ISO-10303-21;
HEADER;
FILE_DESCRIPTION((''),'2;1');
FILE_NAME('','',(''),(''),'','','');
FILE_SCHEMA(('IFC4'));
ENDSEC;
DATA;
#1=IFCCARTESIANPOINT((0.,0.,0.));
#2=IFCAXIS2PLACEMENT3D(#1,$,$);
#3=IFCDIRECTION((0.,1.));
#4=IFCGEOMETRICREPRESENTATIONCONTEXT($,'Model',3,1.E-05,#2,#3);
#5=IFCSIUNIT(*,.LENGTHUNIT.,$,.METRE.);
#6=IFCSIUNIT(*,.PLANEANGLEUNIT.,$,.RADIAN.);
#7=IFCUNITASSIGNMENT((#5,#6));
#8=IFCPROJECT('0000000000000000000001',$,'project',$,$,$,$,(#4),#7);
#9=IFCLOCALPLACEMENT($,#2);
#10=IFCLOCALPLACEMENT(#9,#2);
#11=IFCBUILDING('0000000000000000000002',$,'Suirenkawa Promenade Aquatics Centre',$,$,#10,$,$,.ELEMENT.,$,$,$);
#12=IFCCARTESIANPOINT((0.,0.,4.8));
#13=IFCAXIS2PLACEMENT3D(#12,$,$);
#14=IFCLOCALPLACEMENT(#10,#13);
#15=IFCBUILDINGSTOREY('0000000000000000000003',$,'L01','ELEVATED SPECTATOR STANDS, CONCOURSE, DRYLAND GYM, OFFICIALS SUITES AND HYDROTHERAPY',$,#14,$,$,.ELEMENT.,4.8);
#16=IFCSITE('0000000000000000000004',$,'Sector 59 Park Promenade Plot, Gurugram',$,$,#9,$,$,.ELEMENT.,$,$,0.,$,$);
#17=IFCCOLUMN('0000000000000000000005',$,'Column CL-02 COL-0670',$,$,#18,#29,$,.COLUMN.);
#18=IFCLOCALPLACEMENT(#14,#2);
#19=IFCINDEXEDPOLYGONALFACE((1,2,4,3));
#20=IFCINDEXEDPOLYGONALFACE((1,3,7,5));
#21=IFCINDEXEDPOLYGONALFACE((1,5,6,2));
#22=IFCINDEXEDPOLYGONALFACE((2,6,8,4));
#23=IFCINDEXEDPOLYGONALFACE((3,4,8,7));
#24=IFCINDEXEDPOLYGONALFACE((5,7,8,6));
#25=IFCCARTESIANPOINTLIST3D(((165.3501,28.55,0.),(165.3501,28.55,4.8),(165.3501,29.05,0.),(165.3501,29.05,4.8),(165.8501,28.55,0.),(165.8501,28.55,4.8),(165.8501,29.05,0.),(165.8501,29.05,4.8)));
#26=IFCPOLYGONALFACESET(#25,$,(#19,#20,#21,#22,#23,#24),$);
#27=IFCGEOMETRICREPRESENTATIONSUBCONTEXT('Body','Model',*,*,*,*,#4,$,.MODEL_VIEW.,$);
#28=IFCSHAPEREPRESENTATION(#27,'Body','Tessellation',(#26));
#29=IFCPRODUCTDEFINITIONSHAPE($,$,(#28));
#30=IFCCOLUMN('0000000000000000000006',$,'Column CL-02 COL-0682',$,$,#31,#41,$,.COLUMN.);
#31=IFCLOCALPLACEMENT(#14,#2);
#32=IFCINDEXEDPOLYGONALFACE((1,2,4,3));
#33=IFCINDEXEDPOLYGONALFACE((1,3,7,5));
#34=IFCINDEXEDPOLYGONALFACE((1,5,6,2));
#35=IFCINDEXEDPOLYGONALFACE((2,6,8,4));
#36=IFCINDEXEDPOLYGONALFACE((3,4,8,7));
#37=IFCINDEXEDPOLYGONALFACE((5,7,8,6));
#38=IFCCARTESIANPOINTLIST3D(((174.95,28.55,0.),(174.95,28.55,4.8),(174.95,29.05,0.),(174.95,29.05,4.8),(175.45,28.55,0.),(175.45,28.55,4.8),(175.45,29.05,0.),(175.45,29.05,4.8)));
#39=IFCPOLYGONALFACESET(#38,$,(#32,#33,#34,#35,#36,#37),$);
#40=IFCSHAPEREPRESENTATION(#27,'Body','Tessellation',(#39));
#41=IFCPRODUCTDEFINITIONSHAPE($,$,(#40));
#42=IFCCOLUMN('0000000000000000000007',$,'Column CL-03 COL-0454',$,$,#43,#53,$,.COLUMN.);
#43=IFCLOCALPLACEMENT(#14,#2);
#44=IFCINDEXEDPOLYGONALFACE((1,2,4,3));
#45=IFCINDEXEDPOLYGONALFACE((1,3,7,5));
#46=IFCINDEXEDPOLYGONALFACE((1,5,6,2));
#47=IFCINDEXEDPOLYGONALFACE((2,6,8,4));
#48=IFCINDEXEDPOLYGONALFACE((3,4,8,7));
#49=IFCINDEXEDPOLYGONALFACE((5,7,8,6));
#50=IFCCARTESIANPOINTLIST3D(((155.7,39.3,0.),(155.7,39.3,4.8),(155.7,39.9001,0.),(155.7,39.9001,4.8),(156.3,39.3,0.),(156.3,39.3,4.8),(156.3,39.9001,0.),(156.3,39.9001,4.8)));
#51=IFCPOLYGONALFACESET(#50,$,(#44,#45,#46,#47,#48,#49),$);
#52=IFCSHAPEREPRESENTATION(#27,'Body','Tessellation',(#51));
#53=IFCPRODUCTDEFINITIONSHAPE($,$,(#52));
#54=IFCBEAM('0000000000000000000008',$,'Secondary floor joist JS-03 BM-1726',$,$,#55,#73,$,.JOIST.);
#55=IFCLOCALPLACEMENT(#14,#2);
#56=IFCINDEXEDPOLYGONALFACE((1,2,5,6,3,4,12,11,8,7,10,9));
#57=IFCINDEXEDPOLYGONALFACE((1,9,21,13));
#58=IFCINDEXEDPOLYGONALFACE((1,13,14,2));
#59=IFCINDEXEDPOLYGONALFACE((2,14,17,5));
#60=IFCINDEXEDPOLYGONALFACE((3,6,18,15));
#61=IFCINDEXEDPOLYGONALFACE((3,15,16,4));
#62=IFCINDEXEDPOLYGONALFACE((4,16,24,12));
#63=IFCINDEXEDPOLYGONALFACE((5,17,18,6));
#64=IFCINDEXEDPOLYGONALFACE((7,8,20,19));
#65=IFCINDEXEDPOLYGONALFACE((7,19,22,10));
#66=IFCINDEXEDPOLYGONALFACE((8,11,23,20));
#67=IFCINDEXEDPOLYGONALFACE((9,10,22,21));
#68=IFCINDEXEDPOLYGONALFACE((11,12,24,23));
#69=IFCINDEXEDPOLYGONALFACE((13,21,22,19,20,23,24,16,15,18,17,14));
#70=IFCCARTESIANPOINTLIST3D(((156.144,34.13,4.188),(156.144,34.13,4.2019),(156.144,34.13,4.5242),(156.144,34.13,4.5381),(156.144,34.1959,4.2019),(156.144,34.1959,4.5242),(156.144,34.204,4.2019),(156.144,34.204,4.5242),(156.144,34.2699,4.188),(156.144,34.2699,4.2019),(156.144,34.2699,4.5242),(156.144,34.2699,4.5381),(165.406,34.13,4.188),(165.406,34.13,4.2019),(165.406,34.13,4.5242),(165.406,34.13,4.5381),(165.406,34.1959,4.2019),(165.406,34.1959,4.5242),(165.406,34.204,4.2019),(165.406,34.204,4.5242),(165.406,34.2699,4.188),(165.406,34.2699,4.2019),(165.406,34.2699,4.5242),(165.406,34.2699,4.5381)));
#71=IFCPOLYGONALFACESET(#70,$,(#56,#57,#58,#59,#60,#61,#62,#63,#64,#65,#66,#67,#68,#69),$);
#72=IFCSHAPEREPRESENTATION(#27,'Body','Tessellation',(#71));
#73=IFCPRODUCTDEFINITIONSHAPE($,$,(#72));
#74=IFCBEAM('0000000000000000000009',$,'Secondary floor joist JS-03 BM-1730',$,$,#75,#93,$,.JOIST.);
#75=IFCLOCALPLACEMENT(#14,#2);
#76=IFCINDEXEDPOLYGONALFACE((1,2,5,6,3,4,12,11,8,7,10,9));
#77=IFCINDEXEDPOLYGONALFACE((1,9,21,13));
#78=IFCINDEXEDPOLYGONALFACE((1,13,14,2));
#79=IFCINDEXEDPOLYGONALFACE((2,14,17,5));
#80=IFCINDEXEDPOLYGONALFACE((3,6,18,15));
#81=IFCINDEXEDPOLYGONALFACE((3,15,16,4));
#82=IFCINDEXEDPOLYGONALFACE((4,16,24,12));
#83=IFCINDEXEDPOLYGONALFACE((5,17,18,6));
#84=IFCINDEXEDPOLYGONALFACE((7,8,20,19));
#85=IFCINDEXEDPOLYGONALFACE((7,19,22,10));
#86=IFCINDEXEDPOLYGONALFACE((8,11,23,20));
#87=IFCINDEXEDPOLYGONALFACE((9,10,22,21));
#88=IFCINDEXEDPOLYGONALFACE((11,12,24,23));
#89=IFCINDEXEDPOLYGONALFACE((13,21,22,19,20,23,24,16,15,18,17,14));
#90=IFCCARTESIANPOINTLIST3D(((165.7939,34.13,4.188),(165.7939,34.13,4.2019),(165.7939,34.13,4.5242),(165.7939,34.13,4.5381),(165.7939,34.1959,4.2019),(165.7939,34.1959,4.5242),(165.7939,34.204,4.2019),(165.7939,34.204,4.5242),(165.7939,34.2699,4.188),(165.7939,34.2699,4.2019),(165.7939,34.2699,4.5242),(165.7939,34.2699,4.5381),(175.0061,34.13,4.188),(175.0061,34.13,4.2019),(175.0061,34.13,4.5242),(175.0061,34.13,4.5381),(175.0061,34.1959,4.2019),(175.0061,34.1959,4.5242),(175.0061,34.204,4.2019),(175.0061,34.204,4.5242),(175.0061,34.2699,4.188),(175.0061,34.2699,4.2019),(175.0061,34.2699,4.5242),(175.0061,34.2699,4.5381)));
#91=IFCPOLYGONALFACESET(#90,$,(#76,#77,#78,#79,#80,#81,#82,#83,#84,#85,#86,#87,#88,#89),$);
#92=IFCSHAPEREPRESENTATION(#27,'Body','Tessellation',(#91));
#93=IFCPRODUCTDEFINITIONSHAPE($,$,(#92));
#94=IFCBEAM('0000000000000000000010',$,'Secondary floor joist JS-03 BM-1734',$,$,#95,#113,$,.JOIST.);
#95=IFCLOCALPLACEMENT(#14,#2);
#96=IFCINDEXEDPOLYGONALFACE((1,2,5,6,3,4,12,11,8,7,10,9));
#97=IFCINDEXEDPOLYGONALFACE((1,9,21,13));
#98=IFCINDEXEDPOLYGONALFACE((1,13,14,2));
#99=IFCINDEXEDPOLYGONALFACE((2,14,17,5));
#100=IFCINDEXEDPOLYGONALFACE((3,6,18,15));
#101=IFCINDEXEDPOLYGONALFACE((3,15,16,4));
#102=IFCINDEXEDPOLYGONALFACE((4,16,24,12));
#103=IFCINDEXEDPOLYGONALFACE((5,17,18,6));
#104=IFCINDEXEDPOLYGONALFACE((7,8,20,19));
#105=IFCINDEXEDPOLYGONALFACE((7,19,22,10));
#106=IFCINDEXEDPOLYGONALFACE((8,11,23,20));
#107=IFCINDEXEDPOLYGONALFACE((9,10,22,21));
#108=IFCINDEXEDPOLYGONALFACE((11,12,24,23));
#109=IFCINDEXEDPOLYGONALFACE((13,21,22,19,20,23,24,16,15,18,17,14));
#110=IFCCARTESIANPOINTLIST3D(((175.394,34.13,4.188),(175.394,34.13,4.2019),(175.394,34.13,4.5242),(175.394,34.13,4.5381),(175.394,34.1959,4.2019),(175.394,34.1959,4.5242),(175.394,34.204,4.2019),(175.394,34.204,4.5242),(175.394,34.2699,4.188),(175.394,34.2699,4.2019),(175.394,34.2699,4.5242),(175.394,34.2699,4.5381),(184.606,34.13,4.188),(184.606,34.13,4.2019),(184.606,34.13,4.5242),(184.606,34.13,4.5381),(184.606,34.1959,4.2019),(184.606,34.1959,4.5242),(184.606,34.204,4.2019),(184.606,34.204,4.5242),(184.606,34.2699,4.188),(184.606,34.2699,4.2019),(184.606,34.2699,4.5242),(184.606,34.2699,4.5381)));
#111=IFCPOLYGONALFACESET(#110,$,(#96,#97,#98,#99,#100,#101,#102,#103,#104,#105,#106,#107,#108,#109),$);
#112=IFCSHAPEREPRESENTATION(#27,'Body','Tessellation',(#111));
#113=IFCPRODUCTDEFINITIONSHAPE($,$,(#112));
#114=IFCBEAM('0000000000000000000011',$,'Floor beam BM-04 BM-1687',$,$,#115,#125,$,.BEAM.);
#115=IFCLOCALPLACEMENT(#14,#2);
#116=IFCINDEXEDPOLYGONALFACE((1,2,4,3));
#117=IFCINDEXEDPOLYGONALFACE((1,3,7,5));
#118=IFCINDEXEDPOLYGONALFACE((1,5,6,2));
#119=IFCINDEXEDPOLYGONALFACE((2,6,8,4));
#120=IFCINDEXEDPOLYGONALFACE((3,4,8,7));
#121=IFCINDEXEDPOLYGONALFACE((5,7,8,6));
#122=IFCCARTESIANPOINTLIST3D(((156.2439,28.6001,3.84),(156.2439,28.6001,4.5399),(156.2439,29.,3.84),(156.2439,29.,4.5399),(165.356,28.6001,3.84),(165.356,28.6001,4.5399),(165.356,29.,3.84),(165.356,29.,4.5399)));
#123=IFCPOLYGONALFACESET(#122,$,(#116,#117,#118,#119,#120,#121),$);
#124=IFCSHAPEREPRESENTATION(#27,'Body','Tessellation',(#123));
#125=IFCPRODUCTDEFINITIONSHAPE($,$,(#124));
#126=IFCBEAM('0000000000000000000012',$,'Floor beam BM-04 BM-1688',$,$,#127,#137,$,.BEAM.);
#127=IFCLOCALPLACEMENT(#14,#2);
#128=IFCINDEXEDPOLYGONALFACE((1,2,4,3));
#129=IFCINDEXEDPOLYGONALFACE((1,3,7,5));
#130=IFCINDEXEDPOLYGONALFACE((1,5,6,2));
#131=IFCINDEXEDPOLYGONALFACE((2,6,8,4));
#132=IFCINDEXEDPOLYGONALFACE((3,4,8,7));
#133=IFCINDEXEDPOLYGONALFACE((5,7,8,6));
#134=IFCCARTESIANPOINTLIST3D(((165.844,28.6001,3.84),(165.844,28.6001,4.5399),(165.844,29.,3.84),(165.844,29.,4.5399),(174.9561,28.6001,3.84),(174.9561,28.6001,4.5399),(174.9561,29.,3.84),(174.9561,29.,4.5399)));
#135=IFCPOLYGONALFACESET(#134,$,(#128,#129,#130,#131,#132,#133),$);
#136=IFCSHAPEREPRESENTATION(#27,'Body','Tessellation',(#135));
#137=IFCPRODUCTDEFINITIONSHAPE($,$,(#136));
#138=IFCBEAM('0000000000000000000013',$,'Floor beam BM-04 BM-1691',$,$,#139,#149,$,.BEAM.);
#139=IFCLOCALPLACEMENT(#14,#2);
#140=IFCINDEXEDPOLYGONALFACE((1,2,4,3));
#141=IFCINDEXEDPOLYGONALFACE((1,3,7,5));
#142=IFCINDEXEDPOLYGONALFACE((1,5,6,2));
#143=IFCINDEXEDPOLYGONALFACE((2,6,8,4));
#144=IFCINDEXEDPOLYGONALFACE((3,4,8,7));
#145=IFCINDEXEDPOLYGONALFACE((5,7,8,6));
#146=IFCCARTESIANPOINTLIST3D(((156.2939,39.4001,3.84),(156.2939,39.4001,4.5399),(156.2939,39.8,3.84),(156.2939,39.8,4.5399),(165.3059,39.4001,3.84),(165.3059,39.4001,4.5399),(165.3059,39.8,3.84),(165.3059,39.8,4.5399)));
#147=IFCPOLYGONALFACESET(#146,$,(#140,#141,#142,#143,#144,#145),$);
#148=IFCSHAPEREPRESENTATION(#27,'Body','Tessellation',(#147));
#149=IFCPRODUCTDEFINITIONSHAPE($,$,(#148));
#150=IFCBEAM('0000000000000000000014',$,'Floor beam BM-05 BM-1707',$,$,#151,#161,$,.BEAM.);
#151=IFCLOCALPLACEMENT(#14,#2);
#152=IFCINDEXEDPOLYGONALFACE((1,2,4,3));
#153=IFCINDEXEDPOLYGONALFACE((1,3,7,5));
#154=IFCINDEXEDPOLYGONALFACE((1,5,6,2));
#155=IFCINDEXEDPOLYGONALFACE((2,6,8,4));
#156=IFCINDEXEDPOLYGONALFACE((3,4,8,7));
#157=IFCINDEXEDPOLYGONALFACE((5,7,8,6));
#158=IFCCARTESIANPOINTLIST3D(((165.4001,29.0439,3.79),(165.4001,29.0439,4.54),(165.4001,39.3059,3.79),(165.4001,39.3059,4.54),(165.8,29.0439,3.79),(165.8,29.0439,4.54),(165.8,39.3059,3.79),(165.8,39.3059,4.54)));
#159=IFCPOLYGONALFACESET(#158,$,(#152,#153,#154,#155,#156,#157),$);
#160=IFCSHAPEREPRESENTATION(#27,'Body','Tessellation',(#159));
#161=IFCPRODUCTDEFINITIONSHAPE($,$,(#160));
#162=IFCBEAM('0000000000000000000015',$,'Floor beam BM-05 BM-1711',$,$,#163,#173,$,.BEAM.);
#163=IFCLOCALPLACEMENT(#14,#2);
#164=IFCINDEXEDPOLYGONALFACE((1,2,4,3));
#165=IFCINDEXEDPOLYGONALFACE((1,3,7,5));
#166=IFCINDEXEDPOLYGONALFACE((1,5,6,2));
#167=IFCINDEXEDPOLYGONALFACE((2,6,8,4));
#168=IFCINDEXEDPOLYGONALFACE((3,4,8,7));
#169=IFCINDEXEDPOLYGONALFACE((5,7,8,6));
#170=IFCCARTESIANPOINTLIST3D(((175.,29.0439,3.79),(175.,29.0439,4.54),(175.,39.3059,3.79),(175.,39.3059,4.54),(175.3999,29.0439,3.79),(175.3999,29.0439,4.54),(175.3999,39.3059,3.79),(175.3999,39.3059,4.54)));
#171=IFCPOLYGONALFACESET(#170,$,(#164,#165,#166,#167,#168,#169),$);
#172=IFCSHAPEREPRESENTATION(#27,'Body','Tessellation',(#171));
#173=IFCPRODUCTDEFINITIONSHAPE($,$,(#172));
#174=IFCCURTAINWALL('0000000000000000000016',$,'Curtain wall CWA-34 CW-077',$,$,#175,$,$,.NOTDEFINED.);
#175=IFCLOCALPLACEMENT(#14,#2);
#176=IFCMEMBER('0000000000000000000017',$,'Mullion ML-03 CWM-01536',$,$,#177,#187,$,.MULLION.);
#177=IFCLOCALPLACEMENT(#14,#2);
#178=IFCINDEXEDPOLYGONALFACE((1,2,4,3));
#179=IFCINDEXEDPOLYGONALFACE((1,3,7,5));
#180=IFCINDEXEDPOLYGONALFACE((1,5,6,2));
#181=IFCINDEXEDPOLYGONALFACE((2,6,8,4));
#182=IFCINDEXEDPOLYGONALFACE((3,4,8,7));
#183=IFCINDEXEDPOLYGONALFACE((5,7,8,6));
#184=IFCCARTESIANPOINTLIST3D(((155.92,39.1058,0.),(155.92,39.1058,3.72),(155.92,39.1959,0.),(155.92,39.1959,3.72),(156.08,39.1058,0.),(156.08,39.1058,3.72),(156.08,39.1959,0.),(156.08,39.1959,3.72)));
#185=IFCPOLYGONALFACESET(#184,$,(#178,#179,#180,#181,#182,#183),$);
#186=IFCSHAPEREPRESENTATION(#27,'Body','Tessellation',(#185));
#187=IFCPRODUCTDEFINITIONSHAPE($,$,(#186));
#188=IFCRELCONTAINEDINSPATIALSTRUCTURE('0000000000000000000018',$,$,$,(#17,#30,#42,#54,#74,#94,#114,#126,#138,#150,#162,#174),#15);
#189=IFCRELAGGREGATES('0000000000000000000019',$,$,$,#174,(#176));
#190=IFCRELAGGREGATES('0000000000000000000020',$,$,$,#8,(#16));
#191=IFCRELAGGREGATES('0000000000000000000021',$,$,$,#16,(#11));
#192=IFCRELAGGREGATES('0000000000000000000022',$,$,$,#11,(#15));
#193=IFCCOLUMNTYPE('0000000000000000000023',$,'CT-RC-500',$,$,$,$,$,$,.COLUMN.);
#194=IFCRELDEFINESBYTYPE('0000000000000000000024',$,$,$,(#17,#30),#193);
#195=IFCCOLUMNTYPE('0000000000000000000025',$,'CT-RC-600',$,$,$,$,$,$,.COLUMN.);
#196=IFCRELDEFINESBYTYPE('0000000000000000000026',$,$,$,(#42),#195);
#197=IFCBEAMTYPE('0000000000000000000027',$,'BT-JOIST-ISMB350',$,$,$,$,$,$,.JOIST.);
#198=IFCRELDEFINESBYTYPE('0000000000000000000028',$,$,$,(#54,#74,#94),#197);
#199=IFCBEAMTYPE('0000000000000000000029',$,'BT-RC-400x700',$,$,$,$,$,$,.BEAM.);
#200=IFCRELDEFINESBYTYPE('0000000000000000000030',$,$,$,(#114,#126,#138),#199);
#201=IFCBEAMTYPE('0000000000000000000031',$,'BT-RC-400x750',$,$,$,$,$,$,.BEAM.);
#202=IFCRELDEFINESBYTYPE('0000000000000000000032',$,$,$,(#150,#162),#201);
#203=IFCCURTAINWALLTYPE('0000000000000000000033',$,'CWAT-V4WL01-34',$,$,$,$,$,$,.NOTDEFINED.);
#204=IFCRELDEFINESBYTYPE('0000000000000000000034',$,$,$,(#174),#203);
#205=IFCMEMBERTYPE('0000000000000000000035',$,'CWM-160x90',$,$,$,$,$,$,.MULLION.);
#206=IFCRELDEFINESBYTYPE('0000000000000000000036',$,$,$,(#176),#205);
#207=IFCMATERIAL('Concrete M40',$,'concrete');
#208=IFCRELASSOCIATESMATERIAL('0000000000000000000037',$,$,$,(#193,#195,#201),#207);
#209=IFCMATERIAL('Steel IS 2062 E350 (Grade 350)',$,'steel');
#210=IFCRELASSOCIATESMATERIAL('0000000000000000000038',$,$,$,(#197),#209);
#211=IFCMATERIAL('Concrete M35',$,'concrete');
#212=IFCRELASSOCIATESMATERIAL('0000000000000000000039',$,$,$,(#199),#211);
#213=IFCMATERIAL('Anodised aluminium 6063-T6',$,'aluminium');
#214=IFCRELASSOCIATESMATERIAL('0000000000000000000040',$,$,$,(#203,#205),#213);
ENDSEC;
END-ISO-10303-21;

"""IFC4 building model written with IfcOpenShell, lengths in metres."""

from ifc_helpers import new_model, si_unit, direction, frame, origin, origin_2d, place, context, subcontext, project, spatial, rectangle, i_section, extrude, material, material_profile, profile_set, type_object, element, aggregate, save


model = new_model("IFC4")

# Units and contexts
model_context = context("Model", 3, precision=1e-05, world=origin(), true_north=direction((0.0, 1.0)))
body_context = subcontext(model_context, "Body", "Model", "MODEL_VIEW")
ifc_project = project(units=[si_unit("LENGTHUNIT", "METRE"), si_unit("PLANEANGLEUNIT", "RADIAN")], contexts=[model_context])

# Site, building, storey
site_placement = place(None, origin())
site = spatial("IfcSite", under=ifc_project, at=site_placement, Name="Sector 59 Park Promenade Plot, Gurugram", CompositionType="ELEMENT", RefElevation=0.0)
building_placement = place(site_placement, origin())
building = spatial("IfcBuilding", under=site, at=building_placement, Name="Suirenkawa Promenade Aquatics Centre", CompositionType="ELEMENT")
storey_placement = place(building_placement, frame((0.0, 0.0, 4.8)))
storey = spatial("IfcBuildingStorey", under=building, at=storey_placement, Name="L01", Description="ELEVATED SPECTATOR STANDS, CONCOURSE, DRYLAND GYM, OFFICIALS SUITES AND HYDROTHERAPY", CompositionType="ELEMENT", Elevation=4.8)

# Columns
ifc_material_1 = material(Name="Concrete M40", Category="concrete")
ifc_material_profile_1 = material_profile(ifc_material_1, rectangle(XDim=0.5, YDim=0.5, at=origin_2d()), Name="RC COL 500x500", Category="concrete")
ifc_profile_set_1 = profile_set([ifc_material_profile_1], Name="Concrete M40")
column_type_1 = type_object("IfcColumnType", Name="CT-RC-500", PredefinedType="COLUMN", material=ifc_profile_set_1)
for number, where, z_axis, x_axis, name in (
    (1, (165.6001, 28.8, 0.0), (0.0, 0.0, 1.0), (1.0, 0.0, 0.0), "Column CL-02 COL-0670"),
    (2, (175.2, 28.8, 0.0), (0.0, 0.0, 1.0), (1.0, 0.0, 0.0), "Column CL-02 COL-0682"),
):
    element("IfcColumn", number, at=place(storey_placement, frame(where, z_axis=z_axis, x_axis=x_axis)), inside=storey, type_object=column_type_1, Name=name, PredefinedType="COLUMN", context=body_context, shape_type="SweptSolid", body=[
        extrude(rectangle(XDim=0.5, YDim=0.5, at=origin_2d()), origin(), (0.0, 0.0, 1.0), 4.8),
    ])
ifc_material_profile_2 = material_profile(ifc_material_1, rectangle(XDim=0.6001, YDim=0.6001, at=origin_2d()), Name="RC COL 600x600", Category="concrete")
ifc_profile_set_2 = profile_set([ifc_material_profile_2], Name="Concrete M40")
column_type_2 = type_object("IfcColumnType", Name="CT-RC-600", PredefinedType="COLUMN", material=ifc_profile_set_2)
column_placement = place(storey_placement, frame((156.0, 39.6001, 0.0), z_axis=(0.0, 0.0, 1.0), x_axis=(1.0, 0.0, 0.0)))
element("IfcColumn", 3, at=column_placement, inside=storey, type_object=column_type_2, Name="Column CL-03 COL-0454", PredefinedType="COLUMN", context=body_context, shape_type="SweptSolid", body=[
    extrude(rectangle(XDim=0.6001, YDim=0.6001, at=origin_2d()), origin(), (0.0, 0.0, 1.0), 4.8),
])

# Beams
ifc_material_2 = material(Name="Steel IS 2062 E350 (Grade 350)", Category="steel")
ifc_material_profile_3 = material_profile(ifc_material_2, i_section(OverallWidth=0.1399, OverallDepth=0.3501, WebThickness=0.0081, FlangeThickness=0.0139, at=origin_2d()), Name="ISMB 350", Category="steel")
ifc_profile_set_3 = profile_set([ifc_material_profile_3], Name="Steel IS 2062 E350 (Grade 350)")
beam_type_1 = type_object("IfcBeamType", Name="BT-JOIST-ISMB350", PredefinedType="JOIST", material=ifc_profile_set_3)
beam_1_placement = place(storey_placement, frame((156.144, 34.2, 4.363), z_axis=(1.0, 0.0, 0.0), x_axis=(0.0, 1.0, 0.0)))
element("IfcBeam", 4, at=beam_1_placement, inside=storey, type_object=beam_type_1, Name="Secondary floor joist JS-03 BM-1726", PredefinedType="JOIST", context=body_context, shape_type="SweptSolid", body=[
    extrude(i_section(OverallWidth=0.1399, OverallDepth=0.3501, WebThickness=0.0081, FlangeThickness=0.0139, at=origin_2d()), origin(), (0.0, 0.0, 1.0), 9.262),
])
beam_2_placement = place(storey_placement, frame((165.7939, 34.2, 4.363), z_axis=(1.0, 0.0, 0.0), x_axis=(0.0, 1.0, 0.0)))
element("IfcBeam", 5, at=beam_2_placement, inside=storey, type_object=beam_type_1, Name="Secondary floor joist JS-03 BM-1730", PredefinedType="JOIST", context=body_context, shape_type="SweptSolid", body=[
    extrude(i_section(OverallWidth=0.1399, OverallDepth=0.3501, WebThickness=0.0081, FlangeThickness=0.0139, at=origin_2d()), origin(), (0.0, 0.0, 1.0), 9.2122),
])
beam_3_placement = place(storey_placement, frame((175.394, 34.2, 4.363), z_axis=(1.0, 0.0, 0.0), x_axis=(0.0, 1.0, 0.0)))
element("IfcBeam", 6, at=beam_3_placement, inside=storey, type_object=beam_type_1, Name="Secondary floor joist JS-03 BM-1734", PredefinedType="JOIST", context=body_context, shape_type="SweptSolid", body=[
    extrude(i_section(OverallWidth=0.1399, OverallDepth=0.3501, WebThickness=0.0081, FlangeThickness=0.0139, at=origin_2d()), origin(), (0.0, 0.0, 1.0), 9.2119),
])
ifc_material_3 = material(Name="Concrete M35", Category="concrete")
ifc_material_profile_4 = material_profile(ifc_material_3, rectangle(XDim=0.3999, YDim=0.7, at=origin_2d()), Name="RC BM 400x700", Category="concrete")
ifc_profile_set_4 = profile_set([ifc_material_profile_4], Name="Concrete M35")
beam_type_2 = type_object("IfcBeamType", Name="BT-RC-400x700", PredefinedType="BEAM", material=ifc_profile_set_4)
for number, where, z_axis, x_axis, name in (
    (7, (156.2439, 28.8, 4.1899), (1.0, 0.0, 0.0), (0.0, 1.0, 0.0), "Floor beam BM-04 BM-1687"),
    (8, (165.844, 28.8, 4.1899), (1.0, 0.0, 0.0), (0.0, 1.0, 0.0), "Floor beam BM-04 BM-1688"),
):
    element("IfcBeam", number, at=place(storey_placement, frame(where, z_axis=z_axis, x_axis=x_axis)), inside=storey, type_object=beam_type_2, Name=name, PredefinedType="BEAM", context=body_context, shape_type="SweptSolid", body=[
        extrude(rectangle(XDim=0.3999, YDim=0.7, at=origin_2d()), origin(), (0.0, 0.0, 1.0), 9.1121),
    ])
beam_4_placement = place(storey_placement, frame((156.2939, 39.6001, 4.1899), z_axis=(1.0, 0.0, 0.0), x_axis=(0.0, 1.0, 0.0)))
element("IfcBeam", 9, at=beam_4_placement, inside=storey, type_object=beam_type_2, Name="Floor beam BM-04 BM-1691", PredefinedType="BEAM", context=body_context, shape_type="SweptSolid", body=[
    extrude(rectangle(XDim=0.3999, YDim=0.7, at=origin_2d()), origin(), (0.0, 0.0, 1.0), 9.012),
])
ifc_material_profile_5 = material_profile(ifc_material_1, rectangle(XDim=0.3999, YDim=0.75, at=origin_2d()), Name="RC BM 400x750", Category="concrete")
ifc_profile_set_5 = profile_set([ifc_material_profile_5], Name="Concrete M40")
beam_type_3 = type_object("IfcBeamType", Name="BT-RC-400x750", PredefinedType="BEAM", material=ifc_profile_set_5)
for number, where, z_axis, x_axis, name in (
    (10, (165.6001, 29.0439, 4.165), (0.0, 1.0, 0.0), (-1.0, 0.0, 0.0), "Floor beam BM-05 BM-1707"),
    (11, (175.2, 29.0439, 4.165), (0.0, 1.0, 0.0), (-1.0, 0.0, 0.0), "Floor beam BM-05 BM-1711"),
):
    element("IfcBeam", number, at=place(storey_placement, frame(where, z_axis=z_axis, x_axis=x_axis)), inside=storey, type_object=beam_type_3, Name=name, PredefinedType="BEAM", context=body_context, shape_type="SweptSolid", body=[
        extrude(rectangle(XDim=0.3999, YDim=0.75, at=origin_2d()), origin(), (0.0, 0.0, 1.0), 10.262),
    ])

# Curtain wall, member
ifc_material_4 = material(Name="Anodised aluminium 6063-T6", Category="aluminium")
curtain_wall_type = type_object("IfcCurtainWallType", Name="CWAT-V4WL01-34", PredefinedType="NOTDEFINED", material=ifc_material_4)
curtain_wall_placement = place(storey_placement, origin())
curtain_wall = element("IfcCurtainWall", 12, at=curtain_wall_placement, inside=storey, type_object=curtain_wall_type, Name="Curtain wall CWA-34 CW-077", PredefinedType="NOTDEFINED")
ifc_material_profile_6 = material_profile(ifc_material_4, rectangle(XDim=0.0901, YDim=0.1599, at=origin_2d()), Name="ALU MULL 90x160", Category="aluminium")
ifc_profile_set_6 = profile_set([ifc_material_profile_6], Name="Anodised aluminium 6063-T6")
member_type = type_object("IfcMemberType", Name="CWM-160x90", PredefinedType="MULLION", material=ifc_profile_set_6)
member_placement = place(storey_placement, frame((156.0, 39.1509, 0.0), z_axis=(0.0, 0.0, 1.0), x_axis=(0.0, 1.0, 0.0)))
member = element("IfcMember", 13, at=member_placement, type_object=member_type, Name="Mullion ML-03 CWM-01536", PredefinedType="MULLION", context=body_context, shape_type="SweptSolid", body=[
    extrude(rectangle(XDim=0.0901, YDim=0.1599, at=origin_2d()), origin(), (0.0, 0.0, 1.0), 3.72),
])
aggregate(curtain_wall, [member])

save(model, "model.ifc")
